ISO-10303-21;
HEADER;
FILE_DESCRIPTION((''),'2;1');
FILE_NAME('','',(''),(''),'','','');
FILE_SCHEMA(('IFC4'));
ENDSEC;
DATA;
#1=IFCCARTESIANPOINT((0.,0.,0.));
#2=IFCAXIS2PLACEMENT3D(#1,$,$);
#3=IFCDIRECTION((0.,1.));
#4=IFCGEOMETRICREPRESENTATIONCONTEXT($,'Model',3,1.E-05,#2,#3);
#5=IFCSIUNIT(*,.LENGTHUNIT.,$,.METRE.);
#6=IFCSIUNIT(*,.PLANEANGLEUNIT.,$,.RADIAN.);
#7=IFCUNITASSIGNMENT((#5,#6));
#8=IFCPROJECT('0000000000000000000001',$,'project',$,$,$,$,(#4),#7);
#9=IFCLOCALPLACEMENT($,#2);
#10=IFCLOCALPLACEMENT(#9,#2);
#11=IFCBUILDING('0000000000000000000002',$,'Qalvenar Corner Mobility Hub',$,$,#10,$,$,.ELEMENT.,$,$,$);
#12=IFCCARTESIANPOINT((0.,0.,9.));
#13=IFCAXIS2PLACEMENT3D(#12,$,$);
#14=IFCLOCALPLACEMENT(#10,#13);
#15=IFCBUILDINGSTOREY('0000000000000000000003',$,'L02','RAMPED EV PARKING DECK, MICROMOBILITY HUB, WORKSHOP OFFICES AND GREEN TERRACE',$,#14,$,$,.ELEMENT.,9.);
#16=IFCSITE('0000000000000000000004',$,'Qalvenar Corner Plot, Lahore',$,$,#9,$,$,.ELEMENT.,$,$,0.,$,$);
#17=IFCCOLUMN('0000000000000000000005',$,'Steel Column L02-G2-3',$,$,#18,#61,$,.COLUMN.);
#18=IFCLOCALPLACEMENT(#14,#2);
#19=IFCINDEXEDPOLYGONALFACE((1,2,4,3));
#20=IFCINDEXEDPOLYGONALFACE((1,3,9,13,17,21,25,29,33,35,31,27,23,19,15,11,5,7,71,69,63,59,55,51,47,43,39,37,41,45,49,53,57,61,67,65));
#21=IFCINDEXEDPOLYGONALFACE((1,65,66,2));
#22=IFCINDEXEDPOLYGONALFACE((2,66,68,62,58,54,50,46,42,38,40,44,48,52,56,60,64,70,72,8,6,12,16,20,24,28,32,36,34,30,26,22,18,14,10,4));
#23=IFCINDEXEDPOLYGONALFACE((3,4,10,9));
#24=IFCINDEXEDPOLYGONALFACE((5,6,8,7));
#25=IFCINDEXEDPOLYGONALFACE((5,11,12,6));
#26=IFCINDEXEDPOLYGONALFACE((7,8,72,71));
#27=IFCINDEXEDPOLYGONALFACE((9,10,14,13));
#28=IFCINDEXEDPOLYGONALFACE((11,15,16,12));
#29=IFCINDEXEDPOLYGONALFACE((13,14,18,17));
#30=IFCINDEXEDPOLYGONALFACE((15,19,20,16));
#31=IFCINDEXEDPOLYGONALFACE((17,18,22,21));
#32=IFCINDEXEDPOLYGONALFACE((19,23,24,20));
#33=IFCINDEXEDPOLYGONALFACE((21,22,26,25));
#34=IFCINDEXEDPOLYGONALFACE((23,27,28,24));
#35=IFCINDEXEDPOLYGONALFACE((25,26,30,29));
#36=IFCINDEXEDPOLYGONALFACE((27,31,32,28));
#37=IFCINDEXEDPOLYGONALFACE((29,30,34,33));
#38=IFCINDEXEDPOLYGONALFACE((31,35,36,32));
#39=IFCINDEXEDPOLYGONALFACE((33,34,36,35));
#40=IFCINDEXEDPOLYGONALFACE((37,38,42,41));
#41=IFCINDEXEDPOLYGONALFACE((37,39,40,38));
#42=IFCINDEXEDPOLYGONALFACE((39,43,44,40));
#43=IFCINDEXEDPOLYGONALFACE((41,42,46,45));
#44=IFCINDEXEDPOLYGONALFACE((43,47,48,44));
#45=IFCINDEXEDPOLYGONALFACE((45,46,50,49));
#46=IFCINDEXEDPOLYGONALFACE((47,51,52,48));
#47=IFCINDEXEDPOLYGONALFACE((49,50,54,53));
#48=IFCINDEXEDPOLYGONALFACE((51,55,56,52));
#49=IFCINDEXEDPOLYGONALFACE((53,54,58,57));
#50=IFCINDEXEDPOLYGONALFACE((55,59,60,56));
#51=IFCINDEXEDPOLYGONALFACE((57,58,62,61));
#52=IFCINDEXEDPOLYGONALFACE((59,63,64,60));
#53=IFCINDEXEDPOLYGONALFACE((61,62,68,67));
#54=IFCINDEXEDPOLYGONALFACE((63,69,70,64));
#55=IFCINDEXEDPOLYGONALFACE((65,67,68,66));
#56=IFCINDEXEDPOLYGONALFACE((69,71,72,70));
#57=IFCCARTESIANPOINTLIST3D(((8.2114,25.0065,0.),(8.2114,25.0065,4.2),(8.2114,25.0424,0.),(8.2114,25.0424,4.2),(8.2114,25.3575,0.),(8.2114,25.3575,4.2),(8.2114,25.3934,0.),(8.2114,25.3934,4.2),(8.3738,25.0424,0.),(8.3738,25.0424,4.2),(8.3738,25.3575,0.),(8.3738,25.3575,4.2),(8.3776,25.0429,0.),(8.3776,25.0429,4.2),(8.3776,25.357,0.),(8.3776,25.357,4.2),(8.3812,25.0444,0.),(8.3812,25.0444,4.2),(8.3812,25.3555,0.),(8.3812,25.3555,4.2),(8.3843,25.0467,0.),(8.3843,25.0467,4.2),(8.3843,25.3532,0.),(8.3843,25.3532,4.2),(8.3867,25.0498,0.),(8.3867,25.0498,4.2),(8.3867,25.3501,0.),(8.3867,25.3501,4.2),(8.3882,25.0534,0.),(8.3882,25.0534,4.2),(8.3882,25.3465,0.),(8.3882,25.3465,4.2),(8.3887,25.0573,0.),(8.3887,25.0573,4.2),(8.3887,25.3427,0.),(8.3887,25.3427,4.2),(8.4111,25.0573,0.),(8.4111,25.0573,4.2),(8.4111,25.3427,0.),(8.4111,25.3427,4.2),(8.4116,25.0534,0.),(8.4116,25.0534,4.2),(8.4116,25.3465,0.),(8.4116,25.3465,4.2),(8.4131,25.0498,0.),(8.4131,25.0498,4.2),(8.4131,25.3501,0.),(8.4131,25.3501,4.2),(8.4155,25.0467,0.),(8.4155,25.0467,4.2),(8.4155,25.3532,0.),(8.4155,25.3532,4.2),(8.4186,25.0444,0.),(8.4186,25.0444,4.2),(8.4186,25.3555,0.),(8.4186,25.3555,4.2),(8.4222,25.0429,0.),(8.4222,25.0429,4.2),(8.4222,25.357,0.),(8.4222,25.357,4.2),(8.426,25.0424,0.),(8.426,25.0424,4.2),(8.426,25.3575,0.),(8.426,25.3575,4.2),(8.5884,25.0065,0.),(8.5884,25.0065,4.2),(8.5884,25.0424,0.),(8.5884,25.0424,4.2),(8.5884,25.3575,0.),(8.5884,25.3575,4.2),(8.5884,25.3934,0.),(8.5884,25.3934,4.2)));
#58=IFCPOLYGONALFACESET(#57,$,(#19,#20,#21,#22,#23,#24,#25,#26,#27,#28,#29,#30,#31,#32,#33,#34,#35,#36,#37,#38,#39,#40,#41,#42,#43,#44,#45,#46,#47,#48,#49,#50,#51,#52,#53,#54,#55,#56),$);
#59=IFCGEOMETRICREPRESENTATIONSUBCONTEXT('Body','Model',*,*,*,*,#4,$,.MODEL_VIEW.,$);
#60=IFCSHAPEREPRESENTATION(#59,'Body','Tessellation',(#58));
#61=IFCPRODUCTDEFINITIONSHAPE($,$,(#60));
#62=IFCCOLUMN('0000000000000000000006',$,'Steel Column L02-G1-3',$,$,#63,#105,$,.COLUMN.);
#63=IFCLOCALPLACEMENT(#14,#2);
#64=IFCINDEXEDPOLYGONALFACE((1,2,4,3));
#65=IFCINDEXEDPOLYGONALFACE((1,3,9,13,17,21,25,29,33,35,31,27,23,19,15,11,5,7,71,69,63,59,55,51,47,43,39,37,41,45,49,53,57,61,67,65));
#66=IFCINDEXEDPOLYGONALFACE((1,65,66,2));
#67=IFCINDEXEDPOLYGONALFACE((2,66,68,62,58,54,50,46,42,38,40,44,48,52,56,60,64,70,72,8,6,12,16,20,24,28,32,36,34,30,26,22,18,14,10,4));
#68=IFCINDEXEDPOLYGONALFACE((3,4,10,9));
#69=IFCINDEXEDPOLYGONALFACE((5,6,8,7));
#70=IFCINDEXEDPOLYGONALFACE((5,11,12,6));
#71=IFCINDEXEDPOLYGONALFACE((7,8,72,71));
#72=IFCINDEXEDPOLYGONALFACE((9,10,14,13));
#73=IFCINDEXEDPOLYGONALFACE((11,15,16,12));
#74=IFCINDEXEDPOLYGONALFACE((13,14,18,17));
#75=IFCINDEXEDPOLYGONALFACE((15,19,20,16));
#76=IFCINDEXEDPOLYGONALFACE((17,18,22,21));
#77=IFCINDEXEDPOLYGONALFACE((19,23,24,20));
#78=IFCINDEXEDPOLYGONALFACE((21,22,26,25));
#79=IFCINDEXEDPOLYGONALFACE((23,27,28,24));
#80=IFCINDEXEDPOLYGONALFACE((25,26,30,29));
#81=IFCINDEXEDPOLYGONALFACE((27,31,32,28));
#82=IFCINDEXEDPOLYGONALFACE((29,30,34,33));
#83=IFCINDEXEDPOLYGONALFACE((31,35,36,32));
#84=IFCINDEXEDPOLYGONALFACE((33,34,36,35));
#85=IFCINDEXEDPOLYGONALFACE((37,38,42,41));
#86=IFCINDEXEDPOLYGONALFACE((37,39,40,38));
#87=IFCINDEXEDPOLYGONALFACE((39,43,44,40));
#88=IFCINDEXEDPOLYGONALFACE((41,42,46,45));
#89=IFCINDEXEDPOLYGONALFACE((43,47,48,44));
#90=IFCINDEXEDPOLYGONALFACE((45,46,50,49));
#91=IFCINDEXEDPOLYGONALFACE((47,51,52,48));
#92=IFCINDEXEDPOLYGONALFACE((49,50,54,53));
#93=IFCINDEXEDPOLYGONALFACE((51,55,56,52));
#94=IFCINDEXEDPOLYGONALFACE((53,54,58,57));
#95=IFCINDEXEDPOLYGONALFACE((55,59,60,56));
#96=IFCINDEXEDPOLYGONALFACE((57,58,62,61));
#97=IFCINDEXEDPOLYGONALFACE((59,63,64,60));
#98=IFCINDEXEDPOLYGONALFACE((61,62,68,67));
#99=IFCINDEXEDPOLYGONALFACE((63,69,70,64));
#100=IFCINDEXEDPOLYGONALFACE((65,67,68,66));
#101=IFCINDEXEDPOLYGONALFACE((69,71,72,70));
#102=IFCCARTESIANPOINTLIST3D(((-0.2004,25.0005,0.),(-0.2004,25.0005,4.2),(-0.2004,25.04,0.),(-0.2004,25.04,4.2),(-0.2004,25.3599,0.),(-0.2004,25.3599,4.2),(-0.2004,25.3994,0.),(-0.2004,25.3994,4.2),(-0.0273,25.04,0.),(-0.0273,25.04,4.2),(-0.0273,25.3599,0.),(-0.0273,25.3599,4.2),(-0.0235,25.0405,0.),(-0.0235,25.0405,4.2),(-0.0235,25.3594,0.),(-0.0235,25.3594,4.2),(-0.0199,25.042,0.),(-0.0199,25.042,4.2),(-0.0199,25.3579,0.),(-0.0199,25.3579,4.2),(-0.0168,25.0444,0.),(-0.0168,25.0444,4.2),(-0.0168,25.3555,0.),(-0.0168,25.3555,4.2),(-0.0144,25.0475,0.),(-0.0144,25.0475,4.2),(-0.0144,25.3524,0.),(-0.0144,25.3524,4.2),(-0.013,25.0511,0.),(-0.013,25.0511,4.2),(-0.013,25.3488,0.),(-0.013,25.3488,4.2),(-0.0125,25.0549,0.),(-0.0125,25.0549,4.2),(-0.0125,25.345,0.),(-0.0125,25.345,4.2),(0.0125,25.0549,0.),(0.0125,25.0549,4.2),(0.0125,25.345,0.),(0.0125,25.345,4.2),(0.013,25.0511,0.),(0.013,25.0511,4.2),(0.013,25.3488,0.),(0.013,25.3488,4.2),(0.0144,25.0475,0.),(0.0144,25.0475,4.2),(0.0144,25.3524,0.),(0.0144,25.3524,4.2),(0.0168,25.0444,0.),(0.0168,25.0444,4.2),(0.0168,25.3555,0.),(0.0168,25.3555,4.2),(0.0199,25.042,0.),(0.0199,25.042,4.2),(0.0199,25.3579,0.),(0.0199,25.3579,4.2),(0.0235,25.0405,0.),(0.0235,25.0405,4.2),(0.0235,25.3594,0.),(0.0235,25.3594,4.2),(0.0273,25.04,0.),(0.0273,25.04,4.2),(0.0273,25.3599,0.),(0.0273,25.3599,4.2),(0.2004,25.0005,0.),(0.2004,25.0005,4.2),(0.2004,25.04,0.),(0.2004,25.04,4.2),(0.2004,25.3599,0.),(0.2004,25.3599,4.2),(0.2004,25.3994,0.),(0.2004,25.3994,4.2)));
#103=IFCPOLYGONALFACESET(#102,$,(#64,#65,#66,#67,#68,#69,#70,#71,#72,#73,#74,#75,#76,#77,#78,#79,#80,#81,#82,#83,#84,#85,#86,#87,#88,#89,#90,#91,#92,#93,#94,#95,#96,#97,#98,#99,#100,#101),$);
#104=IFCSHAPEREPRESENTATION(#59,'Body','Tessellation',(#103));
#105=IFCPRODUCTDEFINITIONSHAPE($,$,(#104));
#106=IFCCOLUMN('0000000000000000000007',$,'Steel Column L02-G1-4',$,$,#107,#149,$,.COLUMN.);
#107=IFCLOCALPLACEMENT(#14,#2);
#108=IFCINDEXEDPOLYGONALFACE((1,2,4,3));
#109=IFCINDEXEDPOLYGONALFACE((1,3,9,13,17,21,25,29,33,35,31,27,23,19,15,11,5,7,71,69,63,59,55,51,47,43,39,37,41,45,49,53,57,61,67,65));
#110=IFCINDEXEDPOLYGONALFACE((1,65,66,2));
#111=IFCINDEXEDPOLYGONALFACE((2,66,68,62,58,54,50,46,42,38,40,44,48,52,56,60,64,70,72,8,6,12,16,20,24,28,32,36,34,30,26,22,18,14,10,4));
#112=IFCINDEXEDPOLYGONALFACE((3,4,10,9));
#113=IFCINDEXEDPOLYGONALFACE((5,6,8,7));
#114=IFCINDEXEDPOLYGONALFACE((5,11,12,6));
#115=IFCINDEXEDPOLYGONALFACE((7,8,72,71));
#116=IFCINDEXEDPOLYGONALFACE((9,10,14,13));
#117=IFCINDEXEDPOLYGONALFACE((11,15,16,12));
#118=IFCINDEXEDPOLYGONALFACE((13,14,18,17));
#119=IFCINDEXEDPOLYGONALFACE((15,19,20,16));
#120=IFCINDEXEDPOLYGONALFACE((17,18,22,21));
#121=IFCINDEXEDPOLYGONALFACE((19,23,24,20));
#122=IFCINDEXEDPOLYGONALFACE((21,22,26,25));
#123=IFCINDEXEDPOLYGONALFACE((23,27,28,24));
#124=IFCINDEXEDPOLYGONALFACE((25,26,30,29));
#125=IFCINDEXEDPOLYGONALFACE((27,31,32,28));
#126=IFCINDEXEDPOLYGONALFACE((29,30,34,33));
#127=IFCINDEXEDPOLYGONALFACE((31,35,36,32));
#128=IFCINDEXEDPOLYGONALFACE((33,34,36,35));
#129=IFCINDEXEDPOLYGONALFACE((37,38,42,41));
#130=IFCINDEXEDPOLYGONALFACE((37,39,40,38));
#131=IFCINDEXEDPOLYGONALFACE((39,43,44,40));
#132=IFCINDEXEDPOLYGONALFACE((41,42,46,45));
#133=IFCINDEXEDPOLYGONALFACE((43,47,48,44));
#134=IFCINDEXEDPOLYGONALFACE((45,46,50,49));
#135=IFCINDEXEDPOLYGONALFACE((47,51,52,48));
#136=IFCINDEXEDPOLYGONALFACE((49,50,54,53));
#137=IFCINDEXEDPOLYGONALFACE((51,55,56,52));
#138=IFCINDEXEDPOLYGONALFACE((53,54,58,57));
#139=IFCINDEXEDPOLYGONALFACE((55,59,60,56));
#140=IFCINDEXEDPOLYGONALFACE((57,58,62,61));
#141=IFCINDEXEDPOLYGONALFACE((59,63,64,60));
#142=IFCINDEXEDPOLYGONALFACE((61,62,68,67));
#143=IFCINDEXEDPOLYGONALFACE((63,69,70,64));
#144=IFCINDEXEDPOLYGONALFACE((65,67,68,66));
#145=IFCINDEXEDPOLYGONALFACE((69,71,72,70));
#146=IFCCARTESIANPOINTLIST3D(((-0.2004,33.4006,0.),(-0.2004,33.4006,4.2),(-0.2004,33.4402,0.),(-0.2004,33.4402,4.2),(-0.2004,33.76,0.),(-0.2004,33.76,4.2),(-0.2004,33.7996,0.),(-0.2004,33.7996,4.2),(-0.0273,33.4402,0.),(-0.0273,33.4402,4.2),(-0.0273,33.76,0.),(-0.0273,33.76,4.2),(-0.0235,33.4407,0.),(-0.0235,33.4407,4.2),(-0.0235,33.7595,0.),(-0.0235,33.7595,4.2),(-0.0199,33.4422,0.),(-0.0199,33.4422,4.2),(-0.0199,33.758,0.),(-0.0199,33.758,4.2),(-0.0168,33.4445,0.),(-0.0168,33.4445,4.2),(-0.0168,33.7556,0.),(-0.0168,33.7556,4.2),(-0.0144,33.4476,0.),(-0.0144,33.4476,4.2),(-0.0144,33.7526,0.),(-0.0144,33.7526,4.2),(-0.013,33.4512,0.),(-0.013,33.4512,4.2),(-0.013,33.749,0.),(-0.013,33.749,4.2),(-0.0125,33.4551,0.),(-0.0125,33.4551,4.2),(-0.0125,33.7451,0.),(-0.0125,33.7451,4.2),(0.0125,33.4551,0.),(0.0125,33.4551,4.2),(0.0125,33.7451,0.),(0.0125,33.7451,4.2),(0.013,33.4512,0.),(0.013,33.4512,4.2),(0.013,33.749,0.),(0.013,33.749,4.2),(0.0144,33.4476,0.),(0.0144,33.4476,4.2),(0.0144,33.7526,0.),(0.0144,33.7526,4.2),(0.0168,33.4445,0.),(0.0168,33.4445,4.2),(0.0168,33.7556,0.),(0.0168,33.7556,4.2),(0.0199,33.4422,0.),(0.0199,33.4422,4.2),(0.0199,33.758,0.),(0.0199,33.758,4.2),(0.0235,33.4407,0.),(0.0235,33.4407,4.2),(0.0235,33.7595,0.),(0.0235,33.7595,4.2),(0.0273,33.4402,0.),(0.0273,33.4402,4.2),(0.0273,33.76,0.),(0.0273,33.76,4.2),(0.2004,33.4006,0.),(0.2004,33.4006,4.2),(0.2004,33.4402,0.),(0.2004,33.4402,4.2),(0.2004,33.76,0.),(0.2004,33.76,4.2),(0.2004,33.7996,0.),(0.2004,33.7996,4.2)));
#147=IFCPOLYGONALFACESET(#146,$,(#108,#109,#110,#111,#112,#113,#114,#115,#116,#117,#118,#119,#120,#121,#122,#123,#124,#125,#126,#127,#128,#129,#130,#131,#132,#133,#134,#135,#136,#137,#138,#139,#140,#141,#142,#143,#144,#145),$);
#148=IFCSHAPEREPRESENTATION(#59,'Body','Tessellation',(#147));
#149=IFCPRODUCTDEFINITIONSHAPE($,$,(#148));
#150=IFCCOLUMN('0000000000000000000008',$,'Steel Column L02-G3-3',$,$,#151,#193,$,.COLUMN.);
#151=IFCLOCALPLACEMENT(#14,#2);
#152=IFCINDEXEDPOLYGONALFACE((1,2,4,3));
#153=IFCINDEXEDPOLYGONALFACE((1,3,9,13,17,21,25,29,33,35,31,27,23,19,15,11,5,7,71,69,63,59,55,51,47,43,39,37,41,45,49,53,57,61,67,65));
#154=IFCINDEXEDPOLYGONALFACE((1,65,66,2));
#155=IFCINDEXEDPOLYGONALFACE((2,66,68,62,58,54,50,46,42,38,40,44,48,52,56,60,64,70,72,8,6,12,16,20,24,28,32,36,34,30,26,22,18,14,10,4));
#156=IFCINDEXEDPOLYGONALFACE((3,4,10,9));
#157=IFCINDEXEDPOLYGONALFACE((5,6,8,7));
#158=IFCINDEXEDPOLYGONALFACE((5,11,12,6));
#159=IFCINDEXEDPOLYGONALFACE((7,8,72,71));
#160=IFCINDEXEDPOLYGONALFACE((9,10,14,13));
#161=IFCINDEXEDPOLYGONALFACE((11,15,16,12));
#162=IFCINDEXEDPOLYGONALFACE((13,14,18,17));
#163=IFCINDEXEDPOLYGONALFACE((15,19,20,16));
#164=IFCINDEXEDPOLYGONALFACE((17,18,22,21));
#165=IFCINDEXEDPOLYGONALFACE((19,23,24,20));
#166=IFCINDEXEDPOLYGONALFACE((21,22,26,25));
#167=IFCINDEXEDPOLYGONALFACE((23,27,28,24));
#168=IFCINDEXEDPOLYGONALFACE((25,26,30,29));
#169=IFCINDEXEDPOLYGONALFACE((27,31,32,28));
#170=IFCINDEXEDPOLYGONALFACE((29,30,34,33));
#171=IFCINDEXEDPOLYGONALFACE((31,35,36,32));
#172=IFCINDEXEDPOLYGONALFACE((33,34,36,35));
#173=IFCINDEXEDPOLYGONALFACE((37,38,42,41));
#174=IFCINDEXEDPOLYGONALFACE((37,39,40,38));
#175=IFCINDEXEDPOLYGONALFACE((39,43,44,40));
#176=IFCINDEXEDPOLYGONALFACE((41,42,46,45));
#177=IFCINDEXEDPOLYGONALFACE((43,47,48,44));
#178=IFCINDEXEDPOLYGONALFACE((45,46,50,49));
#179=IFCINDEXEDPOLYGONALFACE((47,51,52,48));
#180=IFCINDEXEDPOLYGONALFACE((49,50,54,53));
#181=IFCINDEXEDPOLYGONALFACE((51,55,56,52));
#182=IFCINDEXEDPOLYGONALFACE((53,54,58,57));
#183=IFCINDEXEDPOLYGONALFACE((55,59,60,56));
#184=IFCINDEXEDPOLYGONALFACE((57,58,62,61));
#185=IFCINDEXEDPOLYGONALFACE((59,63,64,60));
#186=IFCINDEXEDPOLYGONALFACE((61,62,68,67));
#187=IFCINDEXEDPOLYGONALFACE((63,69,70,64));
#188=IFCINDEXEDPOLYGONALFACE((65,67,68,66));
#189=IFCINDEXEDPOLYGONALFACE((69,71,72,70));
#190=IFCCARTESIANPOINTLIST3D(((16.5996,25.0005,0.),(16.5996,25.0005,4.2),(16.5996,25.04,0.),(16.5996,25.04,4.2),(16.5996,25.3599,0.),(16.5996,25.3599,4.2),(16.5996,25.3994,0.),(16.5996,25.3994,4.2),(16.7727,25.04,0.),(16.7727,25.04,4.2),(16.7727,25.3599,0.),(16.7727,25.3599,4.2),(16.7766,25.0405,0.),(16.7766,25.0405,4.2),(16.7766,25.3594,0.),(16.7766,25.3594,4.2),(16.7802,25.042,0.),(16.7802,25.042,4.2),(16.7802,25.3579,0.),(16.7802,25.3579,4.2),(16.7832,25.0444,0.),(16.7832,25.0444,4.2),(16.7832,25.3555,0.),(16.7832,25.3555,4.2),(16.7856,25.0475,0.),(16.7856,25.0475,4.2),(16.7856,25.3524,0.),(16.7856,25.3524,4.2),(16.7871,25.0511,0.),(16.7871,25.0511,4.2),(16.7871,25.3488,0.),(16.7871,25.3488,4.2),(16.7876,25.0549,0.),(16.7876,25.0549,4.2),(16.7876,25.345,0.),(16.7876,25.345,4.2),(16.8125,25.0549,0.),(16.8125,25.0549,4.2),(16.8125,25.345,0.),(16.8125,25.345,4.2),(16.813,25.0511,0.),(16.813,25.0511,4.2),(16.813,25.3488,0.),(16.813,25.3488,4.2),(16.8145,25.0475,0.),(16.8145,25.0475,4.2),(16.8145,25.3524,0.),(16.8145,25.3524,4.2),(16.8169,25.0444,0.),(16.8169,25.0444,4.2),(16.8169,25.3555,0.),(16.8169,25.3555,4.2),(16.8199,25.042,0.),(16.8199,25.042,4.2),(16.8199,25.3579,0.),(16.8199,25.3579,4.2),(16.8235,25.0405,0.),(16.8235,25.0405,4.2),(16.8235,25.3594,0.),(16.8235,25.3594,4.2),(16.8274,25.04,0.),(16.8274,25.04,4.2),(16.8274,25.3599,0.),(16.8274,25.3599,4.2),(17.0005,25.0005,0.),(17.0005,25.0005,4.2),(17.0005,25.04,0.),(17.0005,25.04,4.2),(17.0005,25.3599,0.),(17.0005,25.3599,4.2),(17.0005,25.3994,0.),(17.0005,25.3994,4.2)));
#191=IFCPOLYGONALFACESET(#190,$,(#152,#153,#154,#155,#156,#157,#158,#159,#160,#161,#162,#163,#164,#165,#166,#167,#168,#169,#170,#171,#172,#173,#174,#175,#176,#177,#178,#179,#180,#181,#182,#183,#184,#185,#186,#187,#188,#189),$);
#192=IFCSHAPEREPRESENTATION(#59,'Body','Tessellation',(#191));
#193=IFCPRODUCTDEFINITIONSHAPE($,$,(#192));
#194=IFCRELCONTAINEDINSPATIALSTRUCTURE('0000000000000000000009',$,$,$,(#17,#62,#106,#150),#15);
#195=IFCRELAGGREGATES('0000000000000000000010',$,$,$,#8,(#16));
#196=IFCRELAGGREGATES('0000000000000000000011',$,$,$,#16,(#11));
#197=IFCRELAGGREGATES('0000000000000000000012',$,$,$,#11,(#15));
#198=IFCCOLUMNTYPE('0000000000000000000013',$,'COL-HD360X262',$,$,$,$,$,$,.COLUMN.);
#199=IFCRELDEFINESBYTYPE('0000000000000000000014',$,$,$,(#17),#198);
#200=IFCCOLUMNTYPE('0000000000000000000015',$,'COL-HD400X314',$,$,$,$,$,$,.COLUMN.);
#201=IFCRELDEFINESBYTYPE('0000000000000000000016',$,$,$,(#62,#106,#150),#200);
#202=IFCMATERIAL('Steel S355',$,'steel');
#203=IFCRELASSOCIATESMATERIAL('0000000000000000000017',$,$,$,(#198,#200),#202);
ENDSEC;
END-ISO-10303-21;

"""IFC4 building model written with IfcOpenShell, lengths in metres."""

from ifc_helpers import new_model, si_unit, direction, frame, origin, origin_2d, place, context, subcontext, project, spatial, i_section, extrude, material, material_profile, profile_set, type_object, element, save


model = new_model("IFC4")

# Units and contexts
model_context = context("Model", 3, precision=1e-05, world=origin(), true_north=direction((0.0, 1.0)))
body_context = subcontext(model_context, "Body", "Model", "MODEL_VIEW")
ifc_project = project(units=[si_unit("LENGTHUNIT", "METRE"), si_unit("PLANEANGLEUNIT", "RADIAN")], contexts=[model_context])

# Site, building, storey
site_placement = place(None, origin())
site = spatial("IfcSite", under=ifc_project, at=site_placement, Name="Qalvenar Corner Plot, Lahore", CompositionType="ELEMENT", RefElevation=0.0)
building_placement = place(site_placement, origin())
building = spatial("IfcBuilding", under=site, at=building_placement, Name="Qalvenar Corner Mobility Hub", CompositionType="ELEMENT")
storey_placement = place(building_placement, frame((0.0, 0.0, 9.0)))
storey = spatial("IfcBuildingStorey", under=building, at=storey_placement, Name="L02", Description="RAMPED EV PARKING DECK, MICROMOBILITY HUB, WORKSHOP OFFICES AND GREEN TERRACE", CompositionType="ELEMENT", Elevation=9.0)

# Columns
ifc_material_1 = material(Name="Steel S355", Category="steel")
ifc_material_profile_1 = material_profile(ifc_material_1, i_section(OverallWidth=0.377, OverallDepth=0.387, WebThickness=0.0225, FlangeThickness=0.0359, FilletRadius=0.0149, at=origin_2d()), Name="HD360x262")
ifc_profile_set_1 = profile_set([ifc_material_profile_1], Name="Steel S355")
column_type_1 = type_object("IfcColumnType", Name="COL-HD360X262", PredefinedType="COLUMN", material=ifc_profile_set_1)
column_placement = place(storey_placement, frame((8.3999, 25.2, 0.0), z_axis=(0.0, 0.0, 1.0), x_axis=(1.0, 0.0, 0.0)))
element("IfcColumn", 1, at=column_placement, inside=storey, type_object=column_type_1, Name="Steel Column L02-G2-3", PredefinedType="COLUMN", context=body_context, shape_type="SweptSolid", body=[
    extrude(i_section(OverallWidth=0.377, OverallDepth=0.387, WebThickness=0.0225, FlangeThickness=0.0359, FilletRadius=0.0149, at=origin_2d()), origin(), (0.0, 0.0, 1.0), 4.2),
])
ifc_material_profile_2 = material_profile(ifc_material_1, i_section(OverallWidth=0.4009, OverallDepth=0.3989, WebThickness=0.0249, FlangeThickness=0.0396, FilletRadius=0.0149, at=origin_2d()), Name="HD400x314")
ifc_profile_set_2 = profile_set([ifc_material_profile_2], Name="Steel S355")
column_type_2 = type_object("IfcColumnType", Name="COL-HD400X314", PredefinedType="COLUMN", material=ifc_profile_set_2)
for number, where, z_axis, x_axis, name in (
    (2, (0.0, 25.2, 0.0), (0.0, 0.0, 1.0), (1.0, 0.0, 0.0), "Steel Column L02-G1-3"),
    (3, (0.0, 33.6001, 0.0), (0.0, 0.0, 1.0), (1.0, 0.0, 0.0), "Steel Column L02-G1-4"),
    (4, (16.8, 25.2, 0.0), (0.0, 0.0, 1.0), (1.0, 0.0, 0.0), "Steel Column L02-G3-3"),
):
    element("IfcColumn", number, at=place(storey_placement, frame(where, z_axis=z_axis, x_axis=x_axis)), inside=storey, type_object=column_type_2, Name=name, PredefinedType="COLUMN", context=body_context, shape_type="SweptSolid", body=[
        extrude(i_section(OverallWidth=0.4009, OverallDepth=0.3989, WebThickness=0.0249, FlangeThickness=0.0396, FilletRadius=0.0149, at=origin_2d()), origin(), (0.0, 0.0, 1.0), 4.2),
    ])

save(model, "model.ifc")
